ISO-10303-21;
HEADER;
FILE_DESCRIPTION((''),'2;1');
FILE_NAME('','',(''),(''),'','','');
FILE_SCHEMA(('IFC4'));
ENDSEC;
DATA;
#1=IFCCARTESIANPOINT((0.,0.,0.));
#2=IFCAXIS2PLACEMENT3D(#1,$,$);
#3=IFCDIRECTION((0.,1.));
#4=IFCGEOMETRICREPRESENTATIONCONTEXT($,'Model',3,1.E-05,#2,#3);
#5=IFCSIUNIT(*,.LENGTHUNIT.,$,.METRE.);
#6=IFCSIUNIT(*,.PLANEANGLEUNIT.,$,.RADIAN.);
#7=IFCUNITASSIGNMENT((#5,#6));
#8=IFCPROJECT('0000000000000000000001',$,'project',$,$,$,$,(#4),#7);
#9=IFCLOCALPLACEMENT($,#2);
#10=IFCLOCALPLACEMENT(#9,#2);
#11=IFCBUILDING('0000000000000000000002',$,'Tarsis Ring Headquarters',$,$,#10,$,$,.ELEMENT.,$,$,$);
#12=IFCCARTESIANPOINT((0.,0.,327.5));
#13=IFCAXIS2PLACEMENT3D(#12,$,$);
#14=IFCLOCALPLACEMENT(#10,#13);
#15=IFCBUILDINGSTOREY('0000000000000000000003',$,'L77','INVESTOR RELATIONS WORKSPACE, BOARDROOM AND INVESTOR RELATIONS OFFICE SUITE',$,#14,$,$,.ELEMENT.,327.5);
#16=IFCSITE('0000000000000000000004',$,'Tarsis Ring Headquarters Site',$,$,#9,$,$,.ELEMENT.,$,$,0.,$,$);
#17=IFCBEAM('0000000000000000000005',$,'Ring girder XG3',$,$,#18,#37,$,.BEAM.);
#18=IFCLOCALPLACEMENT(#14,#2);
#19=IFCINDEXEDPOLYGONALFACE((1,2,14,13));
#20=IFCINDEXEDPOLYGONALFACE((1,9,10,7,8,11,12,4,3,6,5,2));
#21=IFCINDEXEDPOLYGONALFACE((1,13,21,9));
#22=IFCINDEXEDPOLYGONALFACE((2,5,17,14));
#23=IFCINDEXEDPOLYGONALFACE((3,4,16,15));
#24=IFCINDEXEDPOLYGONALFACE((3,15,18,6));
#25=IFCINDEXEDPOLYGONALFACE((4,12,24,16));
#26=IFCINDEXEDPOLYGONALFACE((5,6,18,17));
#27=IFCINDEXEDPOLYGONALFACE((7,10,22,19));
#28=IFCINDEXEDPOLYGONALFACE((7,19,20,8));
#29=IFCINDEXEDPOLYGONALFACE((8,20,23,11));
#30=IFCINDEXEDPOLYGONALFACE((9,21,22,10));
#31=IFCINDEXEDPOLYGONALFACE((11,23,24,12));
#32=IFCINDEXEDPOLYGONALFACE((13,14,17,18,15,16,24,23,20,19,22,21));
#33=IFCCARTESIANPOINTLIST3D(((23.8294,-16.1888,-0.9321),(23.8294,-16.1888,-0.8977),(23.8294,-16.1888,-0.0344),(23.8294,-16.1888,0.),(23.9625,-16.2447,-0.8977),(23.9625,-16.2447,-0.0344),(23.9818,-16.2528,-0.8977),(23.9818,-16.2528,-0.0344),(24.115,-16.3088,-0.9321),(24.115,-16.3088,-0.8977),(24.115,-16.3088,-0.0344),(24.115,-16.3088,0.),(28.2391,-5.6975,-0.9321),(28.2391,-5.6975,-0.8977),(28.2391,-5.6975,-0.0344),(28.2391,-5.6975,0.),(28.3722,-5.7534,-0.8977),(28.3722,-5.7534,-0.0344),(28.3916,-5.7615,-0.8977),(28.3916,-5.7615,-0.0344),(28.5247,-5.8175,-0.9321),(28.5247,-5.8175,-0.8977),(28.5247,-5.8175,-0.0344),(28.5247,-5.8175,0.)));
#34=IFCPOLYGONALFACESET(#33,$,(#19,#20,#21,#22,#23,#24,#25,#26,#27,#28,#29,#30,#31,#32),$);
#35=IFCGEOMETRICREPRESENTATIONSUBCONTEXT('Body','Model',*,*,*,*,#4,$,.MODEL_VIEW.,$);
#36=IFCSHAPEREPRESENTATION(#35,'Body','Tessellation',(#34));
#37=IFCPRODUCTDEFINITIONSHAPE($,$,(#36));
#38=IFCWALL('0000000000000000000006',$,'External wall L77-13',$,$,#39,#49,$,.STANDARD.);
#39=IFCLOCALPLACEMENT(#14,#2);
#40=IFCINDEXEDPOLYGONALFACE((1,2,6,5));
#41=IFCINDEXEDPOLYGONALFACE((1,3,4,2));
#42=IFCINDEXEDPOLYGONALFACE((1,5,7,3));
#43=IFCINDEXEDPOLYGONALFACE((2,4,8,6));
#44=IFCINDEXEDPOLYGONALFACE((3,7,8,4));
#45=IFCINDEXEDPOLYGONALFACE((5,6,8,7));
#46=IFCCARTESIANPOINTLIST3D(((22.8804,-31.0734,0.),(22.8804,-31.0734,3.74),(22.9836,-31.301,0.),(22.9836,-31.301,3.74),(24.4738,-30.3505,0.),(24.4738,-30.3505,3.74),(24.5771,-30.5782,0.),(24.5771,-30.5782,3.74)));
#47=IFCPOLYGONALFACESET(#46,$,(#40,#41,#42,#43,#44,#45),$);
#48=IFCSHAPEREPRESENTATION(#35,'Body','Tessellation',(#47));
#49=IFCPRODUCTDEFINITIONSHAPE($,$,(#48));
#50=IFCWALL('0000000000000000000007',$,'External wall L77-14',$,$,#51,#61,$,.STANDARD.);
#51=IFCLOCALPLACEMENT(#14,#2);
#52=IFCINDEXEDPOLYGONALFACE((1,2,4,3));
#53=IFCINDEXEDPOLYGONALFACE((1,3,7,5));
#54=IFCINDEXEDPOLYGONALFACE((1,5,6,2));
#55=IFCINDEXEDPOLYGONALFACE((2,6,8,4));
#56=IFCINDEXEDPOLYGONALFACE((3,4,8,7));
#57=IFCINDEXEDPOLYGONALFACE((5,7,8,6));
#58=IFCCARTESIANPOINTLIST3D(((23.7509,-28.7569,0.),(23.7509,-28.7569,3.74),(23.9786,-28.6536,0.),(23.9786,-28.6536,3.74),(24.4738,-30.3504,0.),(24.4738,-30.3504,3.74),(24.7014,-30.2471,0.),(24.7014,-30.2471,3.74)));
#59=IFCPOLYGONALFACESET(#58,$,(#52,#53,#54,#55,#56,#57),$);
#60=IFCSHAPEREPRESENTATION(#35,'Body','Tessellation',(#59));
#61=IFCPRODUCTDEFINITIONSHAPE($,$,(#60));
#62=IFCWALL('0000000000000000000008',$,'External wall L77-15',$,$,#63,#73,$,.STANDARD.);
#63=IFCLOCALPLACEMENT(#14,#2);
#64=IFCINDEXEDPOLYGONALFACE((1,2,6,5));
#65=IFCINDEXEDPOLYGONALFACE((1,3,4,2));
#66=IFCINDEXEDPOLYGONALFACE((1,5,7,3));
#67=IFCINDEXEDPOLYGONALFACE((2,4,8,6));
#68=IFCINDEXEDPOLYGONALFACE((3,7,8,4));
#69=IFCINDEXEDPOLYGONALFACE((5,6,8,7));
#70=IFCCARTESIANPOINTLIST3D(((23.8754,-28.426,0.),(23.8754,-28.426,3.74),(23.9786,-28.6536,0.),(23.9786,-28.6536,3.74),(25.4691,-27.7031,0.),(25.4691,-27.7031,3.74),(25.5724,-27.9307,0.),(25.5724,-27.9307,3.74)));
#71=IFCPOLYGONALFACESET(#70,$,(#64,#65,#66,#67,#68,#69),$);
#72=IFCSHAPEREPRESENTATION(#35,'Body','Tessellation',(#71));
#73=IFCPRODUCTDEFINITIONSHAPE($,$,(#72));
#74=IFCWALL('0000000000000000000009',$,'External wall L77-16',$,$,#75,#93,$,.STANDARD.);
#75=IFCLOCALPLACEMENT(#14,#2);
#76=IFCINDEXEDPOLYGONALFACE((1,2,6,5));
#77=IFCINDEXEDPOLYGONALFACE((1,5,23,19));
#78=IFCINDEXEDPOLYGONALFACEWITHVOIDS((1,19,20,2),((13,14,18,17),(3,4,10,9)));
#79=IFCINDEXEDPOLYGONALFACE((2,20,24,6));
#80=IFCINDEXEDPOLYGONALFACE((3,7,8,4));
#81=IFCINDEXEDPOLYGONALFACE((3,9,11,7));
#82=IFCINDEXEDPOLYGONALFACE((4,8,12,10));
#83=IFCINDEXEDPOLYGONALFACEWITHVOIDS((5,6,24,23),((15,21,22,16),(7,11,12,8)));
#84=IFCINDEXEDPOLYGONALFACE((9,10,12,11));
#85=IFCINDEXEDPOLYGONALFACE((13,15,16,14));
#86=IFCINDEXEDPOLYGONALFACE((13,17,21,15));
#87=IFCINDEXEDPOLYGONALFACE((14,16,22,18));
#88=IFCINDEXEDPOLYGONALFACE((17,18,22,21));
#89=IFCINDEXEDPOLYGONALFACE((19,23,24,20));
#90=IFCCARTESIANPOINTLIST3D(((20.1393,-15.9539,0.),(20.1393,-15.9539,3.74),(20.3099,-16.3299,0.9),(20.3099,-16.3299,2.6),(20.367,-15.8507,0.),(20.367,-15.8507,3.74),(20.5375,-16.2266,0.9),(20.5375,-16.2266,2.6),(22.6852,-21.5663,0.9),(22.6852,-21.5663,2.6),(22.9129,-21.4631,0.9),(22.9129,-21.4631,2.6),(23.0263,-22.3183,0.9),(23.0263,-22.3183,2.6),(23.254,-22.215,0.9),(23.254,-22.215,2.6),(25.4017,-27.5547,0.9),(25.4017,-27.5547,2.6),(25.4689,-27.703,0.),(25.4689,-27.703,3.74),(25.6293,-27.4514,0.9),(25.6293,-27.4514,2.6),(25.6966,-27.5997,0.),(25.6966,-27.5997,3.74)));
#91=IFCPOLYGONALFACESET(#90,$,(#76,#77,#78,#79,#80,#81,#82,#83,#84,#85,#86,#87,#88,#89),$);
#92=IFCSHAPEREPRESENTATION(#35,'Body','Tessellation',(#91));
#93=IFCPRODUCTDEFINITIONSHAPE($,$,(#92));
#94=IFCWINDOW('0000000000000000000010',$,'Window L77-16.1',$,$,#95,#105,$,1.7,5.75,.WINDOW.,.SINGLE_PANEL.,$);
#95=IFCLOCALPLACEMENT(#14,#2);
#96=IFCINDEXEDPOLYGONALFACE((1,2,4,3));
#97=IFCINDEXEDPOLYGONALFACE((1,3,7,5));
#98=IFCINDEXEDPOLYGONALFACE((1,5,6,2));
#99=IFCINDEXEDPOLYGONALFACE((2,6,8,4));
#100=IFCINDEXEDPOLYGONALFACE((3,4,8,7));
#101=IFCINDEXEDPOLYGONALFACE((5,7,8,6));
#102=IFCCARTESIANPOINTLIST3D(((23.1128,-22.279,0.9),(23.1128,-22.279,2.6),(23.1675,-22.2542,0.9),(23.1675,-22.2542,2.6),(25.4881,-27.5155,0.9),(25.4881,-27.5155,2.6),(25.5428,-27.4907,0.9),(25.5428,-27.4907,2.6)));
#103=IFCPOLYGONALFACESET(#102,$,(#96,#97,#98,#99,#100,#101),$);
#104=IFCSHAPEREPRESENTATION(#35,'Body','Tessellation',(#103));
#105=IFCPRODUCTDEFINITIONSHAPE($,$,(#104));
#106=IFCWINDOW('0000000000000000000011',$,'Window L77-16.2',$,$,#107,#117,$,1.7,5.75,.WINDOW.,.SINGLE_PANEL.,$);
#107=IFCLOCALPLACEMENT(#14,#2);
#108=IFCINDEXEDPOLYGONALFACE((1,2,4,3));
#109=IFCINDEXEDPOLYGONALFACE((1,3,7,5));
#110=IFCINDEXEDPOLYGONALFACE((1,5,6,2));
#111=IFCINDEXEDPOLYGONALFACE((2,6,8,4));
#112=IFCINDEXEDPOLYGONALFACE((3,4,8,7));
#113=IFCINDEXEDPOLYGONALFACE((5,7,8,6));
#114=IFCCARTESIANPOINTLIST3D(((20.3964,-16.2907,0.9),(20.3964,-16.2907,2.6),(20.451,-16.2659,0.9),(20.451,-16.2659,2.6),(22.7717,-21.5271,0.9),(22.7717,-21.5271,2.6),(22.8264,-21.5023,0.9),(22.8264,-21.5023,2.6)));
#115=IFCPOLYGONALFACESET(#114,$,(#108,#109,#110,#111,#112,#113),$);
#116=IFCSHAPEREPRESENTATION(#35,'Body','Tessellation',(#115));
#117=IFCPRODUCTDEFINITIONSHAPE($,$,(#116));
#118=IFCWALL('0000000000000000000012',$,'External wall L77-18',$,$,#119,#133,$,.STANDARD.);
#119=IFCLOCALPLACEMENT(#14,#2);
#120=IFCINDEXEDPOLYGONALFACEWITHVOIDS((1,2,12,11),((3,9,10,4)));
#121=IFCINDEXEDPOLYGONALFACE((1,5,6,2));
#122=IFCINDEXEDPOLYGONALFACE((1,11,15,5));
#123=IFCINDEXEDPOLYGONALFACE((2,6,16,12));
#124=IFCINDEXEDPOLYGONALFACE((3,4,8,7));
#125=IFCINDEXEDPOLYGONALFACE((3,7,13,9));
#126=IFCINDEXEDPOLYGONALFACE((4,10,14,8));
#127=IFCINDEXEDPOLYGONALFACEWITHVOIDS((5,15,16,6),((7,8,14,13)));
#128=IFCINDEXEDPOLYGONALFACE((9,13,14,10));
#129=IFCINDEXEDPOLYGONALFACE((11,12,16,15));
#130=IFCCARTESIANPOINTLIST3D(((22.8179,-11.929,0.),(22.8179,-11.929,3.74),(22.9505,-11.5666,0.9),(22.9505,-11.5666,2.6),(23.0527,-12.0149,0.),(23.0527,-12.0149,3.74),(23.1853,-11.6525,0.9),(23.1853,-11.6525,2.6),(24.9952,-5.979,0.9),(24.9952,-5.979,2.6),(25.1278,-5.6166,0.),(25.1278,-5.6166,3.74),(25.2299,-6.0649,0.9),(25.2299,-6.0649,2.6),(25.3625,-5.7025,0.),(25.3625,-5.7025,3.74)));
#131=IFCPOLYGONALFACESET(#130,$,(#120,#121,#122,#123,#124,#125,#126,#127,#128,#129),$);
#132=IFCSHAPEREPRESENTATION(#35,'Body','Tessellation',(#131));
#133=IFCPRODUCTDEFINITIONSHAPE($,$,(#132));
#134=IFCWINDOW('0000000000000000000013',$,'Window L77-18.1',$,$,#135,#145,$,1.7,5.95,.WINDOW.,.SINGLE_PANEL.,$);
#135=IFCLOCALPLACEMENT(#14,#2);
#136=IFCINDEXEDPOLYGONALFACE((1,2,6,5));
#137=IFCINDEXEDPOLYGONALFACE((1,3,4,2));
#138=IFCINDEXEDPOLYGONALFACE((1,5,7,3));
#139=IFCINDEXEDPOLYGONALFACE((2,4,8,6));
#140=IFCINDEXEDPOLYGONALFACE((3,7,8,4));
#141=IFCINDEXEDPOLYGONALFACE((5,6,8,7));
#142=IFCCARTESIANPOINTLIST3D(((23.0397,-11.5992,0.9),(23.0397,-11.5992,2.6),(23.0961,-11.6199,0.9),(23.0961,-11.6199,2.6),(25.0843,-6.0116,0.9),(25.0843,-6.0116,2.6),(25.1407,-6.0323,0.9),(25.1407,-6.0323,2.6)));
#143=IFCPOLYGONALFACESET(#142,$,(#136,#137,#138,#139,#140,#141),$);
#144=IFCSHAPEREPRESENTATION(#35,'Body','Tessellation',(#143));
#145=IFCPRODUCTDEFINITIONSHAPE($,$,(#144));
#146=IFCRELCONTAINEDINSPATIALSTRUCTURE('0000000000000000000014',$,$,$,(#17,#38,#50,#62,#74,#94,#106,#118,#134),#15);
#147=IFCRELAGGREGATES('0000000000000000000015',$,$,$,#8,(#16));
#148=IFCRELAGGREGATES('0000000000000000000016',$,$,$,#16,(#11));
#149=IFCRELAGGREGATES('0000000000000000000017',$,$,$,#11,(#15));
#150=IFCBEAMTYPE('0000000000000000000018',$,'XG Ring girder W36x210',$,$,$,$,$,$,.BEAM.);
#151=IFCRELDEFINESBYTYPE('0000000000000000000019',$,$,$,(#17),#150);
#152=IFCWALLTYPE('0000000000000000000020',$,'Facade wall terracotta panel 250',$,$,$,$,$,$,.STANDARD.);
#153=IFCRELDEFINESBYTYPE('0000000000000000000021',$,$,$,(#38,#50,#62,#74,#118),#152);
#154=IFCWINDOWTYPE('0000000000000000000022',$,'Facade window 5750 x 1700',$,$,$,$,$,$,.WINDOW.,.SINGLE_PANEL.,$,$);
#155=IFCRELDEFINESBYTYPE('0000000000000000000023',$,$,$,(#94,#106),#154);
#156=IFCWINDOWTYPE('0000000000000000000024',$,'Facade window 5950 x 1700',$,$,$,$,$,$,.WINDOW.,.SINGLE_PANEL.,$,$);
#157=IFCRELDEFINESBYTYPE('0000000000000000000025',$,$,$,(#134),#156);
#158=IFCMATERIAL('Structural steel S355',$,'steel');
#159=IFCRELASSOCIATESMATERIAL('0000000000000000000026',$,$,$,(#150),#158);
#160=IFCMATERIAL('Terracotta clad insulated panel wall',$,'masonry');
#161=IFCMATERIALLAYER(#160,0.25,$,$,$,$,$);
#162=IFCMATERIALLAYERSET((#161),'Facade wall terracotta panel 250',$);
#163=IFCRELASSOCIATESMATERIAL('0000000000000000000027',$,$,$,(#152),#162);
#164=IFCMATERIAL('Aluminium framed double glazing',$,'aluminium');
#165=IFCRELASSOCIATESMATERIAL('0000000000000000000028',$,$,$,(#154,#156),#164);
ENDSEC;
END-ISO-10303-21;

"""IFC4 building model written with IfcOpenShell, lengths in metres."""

from ifc_helpers import new_model, si_unit, direction, frame, frame_2d, origin, origin_2d, place, context, subcontext, project, spatial, rectangle, i_section, extrude, material, layer, layer_set, material_profile, profile_set, type_object, element, fill, save


model = new_model("IFC4")

# Units and contexts
model_context = context("Model", 3, precision=1e-05, world=origin(), true_north=direction((0.0, 1.0)))
body_context = subcontext(model_context, "Body", "Model", "MODEL_VIEW")
ifc_project = project(units=[si_unit("LENGTHUNIT", "METRE"), si_unit("PLANEANGLEUNIT", "RADIAN")], contexts=[model_context])

# Site, building, storey
site_placement = place(None, origin())
site = spatial("IfcSite", under=ifc_project, at=site_placement, Name="Tarsis Ring Headquarters Site", CompositionType="ELEMENT", RefElevation=0.0)
building_placement = place(site_placement, origin())
building = spatial("IfcBuilding", under=site, at=building_placement, Name="Tarsis Ring Headquarters", CompositionType="ELEMENT")
storey_placement = place(building_placement, frame((0.0, 0.0, 327.5)))
storey = spatial("IfcBuildingStorey", under=building, at=storey_placement, Name="L77", Description="INVESTOR RELATIONS WORKSPACE, BOARDROOM AND INVESTOR RELATIONS OFFICE SUITE", CompositionType="ELEMENT", Elevation=327.5)

# Shared definitions
ifc_material_1 = material(Name="Structural steel S355", Category="steel")

# Beam
ifc_material_profile_1 = material_profile(ifc_material_1, i_section(OverallWidth=0.3098, OverallDepth=0.9321, WebThickness=0.021, FlangeThickness=0.0344, at=origin_2d()), Name="W36x210")
ifc_profile_set_1 = profile_set([ifc_material_profile_1], Name="Structural steel S355")
beam_type = type_object("IfcBeamType", Name="XG Ring girder W36x210", PredefinedType="BEAM", material=ifc_profile_set_1)
beam_1_placement = place(storey_placement, frame((23.9722, -16.2488, -0.4661), z_axis=(0.387483, 0.921877, 0.0), x_axis=(-0.921877, 0.387483, 0.0)))
element("IfcBeam", 1, at=beam_1_placement, inside=storey, type_object=beam_type, Name="Ring girder XG3", PredefinedType="BEAM", context=body_context, shape_type="SweptSolid", body=[
    extrude(i_section(OverallWidth=0.3098, OverallDepth=0.9321, WebThickness=0.021, FlangeThickness=0.0344, at=origin_2d()), origin(), (0.0, 0.0, 1.0), 11.3804),
])

# Walls
ifc_material_2 = material(Name="Terracotta clad insulated panel wall", Category="masonry")
ifc_layer = layer(ifc_material_2, 0.25)
ifc_layer_set = layer_set([ifc_layer], Name="Facade wall terracotta panel 250")
wall_type = type_object("IfcWallType", Name="Facade wall terracotta panel 250", PredefinedType="STANDARD", material=ifc_layer_set)
for number, where, z_axis, x_axis, name in (
    (2, (22.9319, -31.1873, 0.0), (0.0, 0.0, 1.0), (0.910672, 0.41313, 0.0), "External wall L77-13"),
    (3, (24.5876, -30.2988, 0.0), (0.0, 0.0, 1.0), (-0.41313, 0.910672, 0.0), "External wall L77-14"),
):
    element("IfcWall", number, at=place(storey_placement, frame(where, z_axis=z_axis, x_axis=x_axis)), inside=storey, type_object=wall_type, Name=name, PredefinedType="STANDARD", context=body_context, shape_type="SweptSolid", body=[
        extrude(rectangle(XDim=1.7498, YDim=0.25, at=frame_2d((0.875, 0.0))), origin(), (0.0, 0.0, 1.0), 3.74),
    ])
wall_1_placement = place(storey_placement, frame((23.927, -28.5398, 0.0), z_axis=(0.0, 0.0, 1.0), x_axis=(0.910696, 0.413078, 0.0)))
element("IfcWall", 4, at=wall_1_placement, inside=storey, type_object=wall_type, Name="External wall L77-15", PredefinedType="STANDARD", context=body_context, shape_type="SweptSolid", body=[
    extrude(rectangle(XDim=1.75, YDim=0.25, at=frame_2d((0.875, 0.0))), origin(), (0.0, 0.0, 1.0), 3.74),
])

# Wall, openings, windows
wall_2_placement = place(storey_placement, frame((25.5828, -27.6514, 0.0), z_axis=(0.0, 0.0, 1.0), x_axis=(-0.413104, 0.910684, 0.0)))
wall_2 = element("IfcWall", 5, at=wall_2_placement, inside=storey, type_object=wall_type, Name="External wall L77-16", PredefinedType="STANDARD", context=body_context, shape_type="SweptSolid", body=[
    extrude(rectangle(XDim=12.9014, YDim=0.25, at=frame_2d((6.4507, 0.0))), origin(), (0.0, 0.0, 1.0), 3.74),
])
opening_1_placement = place(wall_2_placement, frame((0.1628, 0.0, 0.8999)))
opening_1 = element("IfcOpeningElement", 6, at=opening_1_placement, cuts=wall_2, PredefinedType="OPENING", context=body_context, shape_type="SweptSolid", body=[
    extrude(rectangle(XDim=5.75, YDim=1.7, at=frame_2d((2.875, 0.8501))), frame((0.0, 0.135, 0.0), z_axis=(0.0, -1.0, 0.0), x_axis=(1.0, 0.0, 0.0)), (0.0, 0.0, 1.0), 0.27),
])
opening_2_placement = place(wall_2_placement, frame((6.7385, 0.0, 0.8999)))
opening_2 = element("IfcOpeningElement", 7, at=opening_2_placement, cuts=wall_2, PredefinedType="OPENING", context=body_context, shape_type="SweptSolid", body=[
    extrude(rectangle(XDim=5.75, YDim=1.7, at=frame_2d((2.875, 0.8501))), frame((0.0, 0.135, 0.0), z_axis=(0.0, -1.0, 0.0), x_axis=(1.0, 0.0, 0.0)), (0.0, 0.0, 1.0), 0.27),
])
ifc_material_3 = material(Name="Aluminium framed double glazing", Category="aluminium")
window_type_1 = type_object("IfcWindowType", Name="Facade window 5750 x 1700", PartitioningType="SINGLE_PANEL", PredefinedType="WINDOW", material=ifc_material_3)
window_1_placement = place(opening_1_placement, origin())
window_1 = element("IfcWindow", 8, at=window_1_placement, inside=storey, type_object=window_type_1, Name="Window L77-16.1", OverallHeight=1.7, OverallWidth=5.75, PartitioningType="SINGLE_PANEL", PredefinedType="WINDOW", context=body_context, shape_type="SweptSolid", body=[
    extrude(rectangle(XDim=5.75, YDim=1.7, at=frame_2d((2.875, 0.8501))), frame((0.0, 0.03, 0.0), z_axis=(0.0, -1.0, 0.0), x_axis=(1.0, 0.0, 0.0)), (0.0, 0.0, 1.0), 0.0601),
])
fill(opening_1, window_1)
window_2_placement = place(opening_2_placement, origin())
window_2 = element("IfcWindow", 9, at=window_2_placement, inside=storey, type_object=window_type_1, Name="Window L77-16.2", OverallHeight=1.7, OverallWidth=5.75, PartitioningType="SINGLE_PANEL", PredefinedType="WINDOW", context=body_context, shape_type="SweptSolid", body=[
    extrude(rectangle(XDim=5.75, YDim=1.7, at=frame_2d((2.875, 0.8501))), frame((0.0, 0.03, 0.0), z_axis=(0.0, -1.0, 0.0), x_axis=(1.0, 0.0, 0.0)), (0.0, 0.0, 1.0), 0.0601),
])
fill(opening_2, window_2)

# Wall, opening, window
wall_3_placement = place(storey_placement, frame((22.9353, -11.9719, 0.0), z_axis=(0.0, 0.0, 1.0), x_axis=(0.343641, 0.939101, 0.0)))
wall_3 = element("IfcWall", 10, at=wall_3_placement, inside=storey, type_object=wall_type, Name="External wall L77-18", PredefinedType="STANDARD", context=body_context, shape_type="SweptSolid", body=[
    extrude(rectangle(XDim=6.7217, YDim=0.25, at=frame_2d((3.3608, 0.0))), origin(), (0.0, 0.0, 1.0), 3.74),
])
opening_3_placement = place(wall_3_placement, frame((0.3857, 0.0, 0.8999)))
opening_3 = element("IfcOpeningElement", 11, at=opening_3_placement, cuts=wall_3, PredefinedType="OPENING", context=body_context, shape_type="SweptSolid", body=[
    extrude(rectangle(XDim=5.95, YDim=1.7, at=frame_2d((2.9751, 0.8501))), frame((0.0, 0.135, 0.0), z_axis=(0.0, -1.0, 0.0), x_axis=(1.0, 0.0, 0.0)), (0.0, 0.0, 1.0), 0.27),
])
window_type_2 = type_object("IfcWindowType", Name="Facade window 5950 x 1700", PartitioningType="SINGLE_PANEL", PredefinedType="WINDOW", material=ifc_material_3)
window_3_placement = place(opening_3_placement, origin())
window_3 = element("IfcWindow", 12, at=window_3_placement, inside=storey, type_object=window_type_2, Name="Window L77-18.1", OverallHeight=1.7, OverallWidth=5.95, PartitioningType="SINGLE_PANEL", PredefinedType="WINDOW", context=body_context, shape_type="SweptSolid", body=[
    extrude(rectangle(XDim=5.95, YDim=1.7, at=frame_2d((2.9751, 0.8501))), frame((0.0, 0.03, 0.0), z_axis=(0.0, -1.0, 0.0), x_axis=(1.0, 0.0, 0.0)), (0.0, 0.0, 1.0), 0.0601),
])
fill(opening_3, window_3)

save(model, "model.ifc")
